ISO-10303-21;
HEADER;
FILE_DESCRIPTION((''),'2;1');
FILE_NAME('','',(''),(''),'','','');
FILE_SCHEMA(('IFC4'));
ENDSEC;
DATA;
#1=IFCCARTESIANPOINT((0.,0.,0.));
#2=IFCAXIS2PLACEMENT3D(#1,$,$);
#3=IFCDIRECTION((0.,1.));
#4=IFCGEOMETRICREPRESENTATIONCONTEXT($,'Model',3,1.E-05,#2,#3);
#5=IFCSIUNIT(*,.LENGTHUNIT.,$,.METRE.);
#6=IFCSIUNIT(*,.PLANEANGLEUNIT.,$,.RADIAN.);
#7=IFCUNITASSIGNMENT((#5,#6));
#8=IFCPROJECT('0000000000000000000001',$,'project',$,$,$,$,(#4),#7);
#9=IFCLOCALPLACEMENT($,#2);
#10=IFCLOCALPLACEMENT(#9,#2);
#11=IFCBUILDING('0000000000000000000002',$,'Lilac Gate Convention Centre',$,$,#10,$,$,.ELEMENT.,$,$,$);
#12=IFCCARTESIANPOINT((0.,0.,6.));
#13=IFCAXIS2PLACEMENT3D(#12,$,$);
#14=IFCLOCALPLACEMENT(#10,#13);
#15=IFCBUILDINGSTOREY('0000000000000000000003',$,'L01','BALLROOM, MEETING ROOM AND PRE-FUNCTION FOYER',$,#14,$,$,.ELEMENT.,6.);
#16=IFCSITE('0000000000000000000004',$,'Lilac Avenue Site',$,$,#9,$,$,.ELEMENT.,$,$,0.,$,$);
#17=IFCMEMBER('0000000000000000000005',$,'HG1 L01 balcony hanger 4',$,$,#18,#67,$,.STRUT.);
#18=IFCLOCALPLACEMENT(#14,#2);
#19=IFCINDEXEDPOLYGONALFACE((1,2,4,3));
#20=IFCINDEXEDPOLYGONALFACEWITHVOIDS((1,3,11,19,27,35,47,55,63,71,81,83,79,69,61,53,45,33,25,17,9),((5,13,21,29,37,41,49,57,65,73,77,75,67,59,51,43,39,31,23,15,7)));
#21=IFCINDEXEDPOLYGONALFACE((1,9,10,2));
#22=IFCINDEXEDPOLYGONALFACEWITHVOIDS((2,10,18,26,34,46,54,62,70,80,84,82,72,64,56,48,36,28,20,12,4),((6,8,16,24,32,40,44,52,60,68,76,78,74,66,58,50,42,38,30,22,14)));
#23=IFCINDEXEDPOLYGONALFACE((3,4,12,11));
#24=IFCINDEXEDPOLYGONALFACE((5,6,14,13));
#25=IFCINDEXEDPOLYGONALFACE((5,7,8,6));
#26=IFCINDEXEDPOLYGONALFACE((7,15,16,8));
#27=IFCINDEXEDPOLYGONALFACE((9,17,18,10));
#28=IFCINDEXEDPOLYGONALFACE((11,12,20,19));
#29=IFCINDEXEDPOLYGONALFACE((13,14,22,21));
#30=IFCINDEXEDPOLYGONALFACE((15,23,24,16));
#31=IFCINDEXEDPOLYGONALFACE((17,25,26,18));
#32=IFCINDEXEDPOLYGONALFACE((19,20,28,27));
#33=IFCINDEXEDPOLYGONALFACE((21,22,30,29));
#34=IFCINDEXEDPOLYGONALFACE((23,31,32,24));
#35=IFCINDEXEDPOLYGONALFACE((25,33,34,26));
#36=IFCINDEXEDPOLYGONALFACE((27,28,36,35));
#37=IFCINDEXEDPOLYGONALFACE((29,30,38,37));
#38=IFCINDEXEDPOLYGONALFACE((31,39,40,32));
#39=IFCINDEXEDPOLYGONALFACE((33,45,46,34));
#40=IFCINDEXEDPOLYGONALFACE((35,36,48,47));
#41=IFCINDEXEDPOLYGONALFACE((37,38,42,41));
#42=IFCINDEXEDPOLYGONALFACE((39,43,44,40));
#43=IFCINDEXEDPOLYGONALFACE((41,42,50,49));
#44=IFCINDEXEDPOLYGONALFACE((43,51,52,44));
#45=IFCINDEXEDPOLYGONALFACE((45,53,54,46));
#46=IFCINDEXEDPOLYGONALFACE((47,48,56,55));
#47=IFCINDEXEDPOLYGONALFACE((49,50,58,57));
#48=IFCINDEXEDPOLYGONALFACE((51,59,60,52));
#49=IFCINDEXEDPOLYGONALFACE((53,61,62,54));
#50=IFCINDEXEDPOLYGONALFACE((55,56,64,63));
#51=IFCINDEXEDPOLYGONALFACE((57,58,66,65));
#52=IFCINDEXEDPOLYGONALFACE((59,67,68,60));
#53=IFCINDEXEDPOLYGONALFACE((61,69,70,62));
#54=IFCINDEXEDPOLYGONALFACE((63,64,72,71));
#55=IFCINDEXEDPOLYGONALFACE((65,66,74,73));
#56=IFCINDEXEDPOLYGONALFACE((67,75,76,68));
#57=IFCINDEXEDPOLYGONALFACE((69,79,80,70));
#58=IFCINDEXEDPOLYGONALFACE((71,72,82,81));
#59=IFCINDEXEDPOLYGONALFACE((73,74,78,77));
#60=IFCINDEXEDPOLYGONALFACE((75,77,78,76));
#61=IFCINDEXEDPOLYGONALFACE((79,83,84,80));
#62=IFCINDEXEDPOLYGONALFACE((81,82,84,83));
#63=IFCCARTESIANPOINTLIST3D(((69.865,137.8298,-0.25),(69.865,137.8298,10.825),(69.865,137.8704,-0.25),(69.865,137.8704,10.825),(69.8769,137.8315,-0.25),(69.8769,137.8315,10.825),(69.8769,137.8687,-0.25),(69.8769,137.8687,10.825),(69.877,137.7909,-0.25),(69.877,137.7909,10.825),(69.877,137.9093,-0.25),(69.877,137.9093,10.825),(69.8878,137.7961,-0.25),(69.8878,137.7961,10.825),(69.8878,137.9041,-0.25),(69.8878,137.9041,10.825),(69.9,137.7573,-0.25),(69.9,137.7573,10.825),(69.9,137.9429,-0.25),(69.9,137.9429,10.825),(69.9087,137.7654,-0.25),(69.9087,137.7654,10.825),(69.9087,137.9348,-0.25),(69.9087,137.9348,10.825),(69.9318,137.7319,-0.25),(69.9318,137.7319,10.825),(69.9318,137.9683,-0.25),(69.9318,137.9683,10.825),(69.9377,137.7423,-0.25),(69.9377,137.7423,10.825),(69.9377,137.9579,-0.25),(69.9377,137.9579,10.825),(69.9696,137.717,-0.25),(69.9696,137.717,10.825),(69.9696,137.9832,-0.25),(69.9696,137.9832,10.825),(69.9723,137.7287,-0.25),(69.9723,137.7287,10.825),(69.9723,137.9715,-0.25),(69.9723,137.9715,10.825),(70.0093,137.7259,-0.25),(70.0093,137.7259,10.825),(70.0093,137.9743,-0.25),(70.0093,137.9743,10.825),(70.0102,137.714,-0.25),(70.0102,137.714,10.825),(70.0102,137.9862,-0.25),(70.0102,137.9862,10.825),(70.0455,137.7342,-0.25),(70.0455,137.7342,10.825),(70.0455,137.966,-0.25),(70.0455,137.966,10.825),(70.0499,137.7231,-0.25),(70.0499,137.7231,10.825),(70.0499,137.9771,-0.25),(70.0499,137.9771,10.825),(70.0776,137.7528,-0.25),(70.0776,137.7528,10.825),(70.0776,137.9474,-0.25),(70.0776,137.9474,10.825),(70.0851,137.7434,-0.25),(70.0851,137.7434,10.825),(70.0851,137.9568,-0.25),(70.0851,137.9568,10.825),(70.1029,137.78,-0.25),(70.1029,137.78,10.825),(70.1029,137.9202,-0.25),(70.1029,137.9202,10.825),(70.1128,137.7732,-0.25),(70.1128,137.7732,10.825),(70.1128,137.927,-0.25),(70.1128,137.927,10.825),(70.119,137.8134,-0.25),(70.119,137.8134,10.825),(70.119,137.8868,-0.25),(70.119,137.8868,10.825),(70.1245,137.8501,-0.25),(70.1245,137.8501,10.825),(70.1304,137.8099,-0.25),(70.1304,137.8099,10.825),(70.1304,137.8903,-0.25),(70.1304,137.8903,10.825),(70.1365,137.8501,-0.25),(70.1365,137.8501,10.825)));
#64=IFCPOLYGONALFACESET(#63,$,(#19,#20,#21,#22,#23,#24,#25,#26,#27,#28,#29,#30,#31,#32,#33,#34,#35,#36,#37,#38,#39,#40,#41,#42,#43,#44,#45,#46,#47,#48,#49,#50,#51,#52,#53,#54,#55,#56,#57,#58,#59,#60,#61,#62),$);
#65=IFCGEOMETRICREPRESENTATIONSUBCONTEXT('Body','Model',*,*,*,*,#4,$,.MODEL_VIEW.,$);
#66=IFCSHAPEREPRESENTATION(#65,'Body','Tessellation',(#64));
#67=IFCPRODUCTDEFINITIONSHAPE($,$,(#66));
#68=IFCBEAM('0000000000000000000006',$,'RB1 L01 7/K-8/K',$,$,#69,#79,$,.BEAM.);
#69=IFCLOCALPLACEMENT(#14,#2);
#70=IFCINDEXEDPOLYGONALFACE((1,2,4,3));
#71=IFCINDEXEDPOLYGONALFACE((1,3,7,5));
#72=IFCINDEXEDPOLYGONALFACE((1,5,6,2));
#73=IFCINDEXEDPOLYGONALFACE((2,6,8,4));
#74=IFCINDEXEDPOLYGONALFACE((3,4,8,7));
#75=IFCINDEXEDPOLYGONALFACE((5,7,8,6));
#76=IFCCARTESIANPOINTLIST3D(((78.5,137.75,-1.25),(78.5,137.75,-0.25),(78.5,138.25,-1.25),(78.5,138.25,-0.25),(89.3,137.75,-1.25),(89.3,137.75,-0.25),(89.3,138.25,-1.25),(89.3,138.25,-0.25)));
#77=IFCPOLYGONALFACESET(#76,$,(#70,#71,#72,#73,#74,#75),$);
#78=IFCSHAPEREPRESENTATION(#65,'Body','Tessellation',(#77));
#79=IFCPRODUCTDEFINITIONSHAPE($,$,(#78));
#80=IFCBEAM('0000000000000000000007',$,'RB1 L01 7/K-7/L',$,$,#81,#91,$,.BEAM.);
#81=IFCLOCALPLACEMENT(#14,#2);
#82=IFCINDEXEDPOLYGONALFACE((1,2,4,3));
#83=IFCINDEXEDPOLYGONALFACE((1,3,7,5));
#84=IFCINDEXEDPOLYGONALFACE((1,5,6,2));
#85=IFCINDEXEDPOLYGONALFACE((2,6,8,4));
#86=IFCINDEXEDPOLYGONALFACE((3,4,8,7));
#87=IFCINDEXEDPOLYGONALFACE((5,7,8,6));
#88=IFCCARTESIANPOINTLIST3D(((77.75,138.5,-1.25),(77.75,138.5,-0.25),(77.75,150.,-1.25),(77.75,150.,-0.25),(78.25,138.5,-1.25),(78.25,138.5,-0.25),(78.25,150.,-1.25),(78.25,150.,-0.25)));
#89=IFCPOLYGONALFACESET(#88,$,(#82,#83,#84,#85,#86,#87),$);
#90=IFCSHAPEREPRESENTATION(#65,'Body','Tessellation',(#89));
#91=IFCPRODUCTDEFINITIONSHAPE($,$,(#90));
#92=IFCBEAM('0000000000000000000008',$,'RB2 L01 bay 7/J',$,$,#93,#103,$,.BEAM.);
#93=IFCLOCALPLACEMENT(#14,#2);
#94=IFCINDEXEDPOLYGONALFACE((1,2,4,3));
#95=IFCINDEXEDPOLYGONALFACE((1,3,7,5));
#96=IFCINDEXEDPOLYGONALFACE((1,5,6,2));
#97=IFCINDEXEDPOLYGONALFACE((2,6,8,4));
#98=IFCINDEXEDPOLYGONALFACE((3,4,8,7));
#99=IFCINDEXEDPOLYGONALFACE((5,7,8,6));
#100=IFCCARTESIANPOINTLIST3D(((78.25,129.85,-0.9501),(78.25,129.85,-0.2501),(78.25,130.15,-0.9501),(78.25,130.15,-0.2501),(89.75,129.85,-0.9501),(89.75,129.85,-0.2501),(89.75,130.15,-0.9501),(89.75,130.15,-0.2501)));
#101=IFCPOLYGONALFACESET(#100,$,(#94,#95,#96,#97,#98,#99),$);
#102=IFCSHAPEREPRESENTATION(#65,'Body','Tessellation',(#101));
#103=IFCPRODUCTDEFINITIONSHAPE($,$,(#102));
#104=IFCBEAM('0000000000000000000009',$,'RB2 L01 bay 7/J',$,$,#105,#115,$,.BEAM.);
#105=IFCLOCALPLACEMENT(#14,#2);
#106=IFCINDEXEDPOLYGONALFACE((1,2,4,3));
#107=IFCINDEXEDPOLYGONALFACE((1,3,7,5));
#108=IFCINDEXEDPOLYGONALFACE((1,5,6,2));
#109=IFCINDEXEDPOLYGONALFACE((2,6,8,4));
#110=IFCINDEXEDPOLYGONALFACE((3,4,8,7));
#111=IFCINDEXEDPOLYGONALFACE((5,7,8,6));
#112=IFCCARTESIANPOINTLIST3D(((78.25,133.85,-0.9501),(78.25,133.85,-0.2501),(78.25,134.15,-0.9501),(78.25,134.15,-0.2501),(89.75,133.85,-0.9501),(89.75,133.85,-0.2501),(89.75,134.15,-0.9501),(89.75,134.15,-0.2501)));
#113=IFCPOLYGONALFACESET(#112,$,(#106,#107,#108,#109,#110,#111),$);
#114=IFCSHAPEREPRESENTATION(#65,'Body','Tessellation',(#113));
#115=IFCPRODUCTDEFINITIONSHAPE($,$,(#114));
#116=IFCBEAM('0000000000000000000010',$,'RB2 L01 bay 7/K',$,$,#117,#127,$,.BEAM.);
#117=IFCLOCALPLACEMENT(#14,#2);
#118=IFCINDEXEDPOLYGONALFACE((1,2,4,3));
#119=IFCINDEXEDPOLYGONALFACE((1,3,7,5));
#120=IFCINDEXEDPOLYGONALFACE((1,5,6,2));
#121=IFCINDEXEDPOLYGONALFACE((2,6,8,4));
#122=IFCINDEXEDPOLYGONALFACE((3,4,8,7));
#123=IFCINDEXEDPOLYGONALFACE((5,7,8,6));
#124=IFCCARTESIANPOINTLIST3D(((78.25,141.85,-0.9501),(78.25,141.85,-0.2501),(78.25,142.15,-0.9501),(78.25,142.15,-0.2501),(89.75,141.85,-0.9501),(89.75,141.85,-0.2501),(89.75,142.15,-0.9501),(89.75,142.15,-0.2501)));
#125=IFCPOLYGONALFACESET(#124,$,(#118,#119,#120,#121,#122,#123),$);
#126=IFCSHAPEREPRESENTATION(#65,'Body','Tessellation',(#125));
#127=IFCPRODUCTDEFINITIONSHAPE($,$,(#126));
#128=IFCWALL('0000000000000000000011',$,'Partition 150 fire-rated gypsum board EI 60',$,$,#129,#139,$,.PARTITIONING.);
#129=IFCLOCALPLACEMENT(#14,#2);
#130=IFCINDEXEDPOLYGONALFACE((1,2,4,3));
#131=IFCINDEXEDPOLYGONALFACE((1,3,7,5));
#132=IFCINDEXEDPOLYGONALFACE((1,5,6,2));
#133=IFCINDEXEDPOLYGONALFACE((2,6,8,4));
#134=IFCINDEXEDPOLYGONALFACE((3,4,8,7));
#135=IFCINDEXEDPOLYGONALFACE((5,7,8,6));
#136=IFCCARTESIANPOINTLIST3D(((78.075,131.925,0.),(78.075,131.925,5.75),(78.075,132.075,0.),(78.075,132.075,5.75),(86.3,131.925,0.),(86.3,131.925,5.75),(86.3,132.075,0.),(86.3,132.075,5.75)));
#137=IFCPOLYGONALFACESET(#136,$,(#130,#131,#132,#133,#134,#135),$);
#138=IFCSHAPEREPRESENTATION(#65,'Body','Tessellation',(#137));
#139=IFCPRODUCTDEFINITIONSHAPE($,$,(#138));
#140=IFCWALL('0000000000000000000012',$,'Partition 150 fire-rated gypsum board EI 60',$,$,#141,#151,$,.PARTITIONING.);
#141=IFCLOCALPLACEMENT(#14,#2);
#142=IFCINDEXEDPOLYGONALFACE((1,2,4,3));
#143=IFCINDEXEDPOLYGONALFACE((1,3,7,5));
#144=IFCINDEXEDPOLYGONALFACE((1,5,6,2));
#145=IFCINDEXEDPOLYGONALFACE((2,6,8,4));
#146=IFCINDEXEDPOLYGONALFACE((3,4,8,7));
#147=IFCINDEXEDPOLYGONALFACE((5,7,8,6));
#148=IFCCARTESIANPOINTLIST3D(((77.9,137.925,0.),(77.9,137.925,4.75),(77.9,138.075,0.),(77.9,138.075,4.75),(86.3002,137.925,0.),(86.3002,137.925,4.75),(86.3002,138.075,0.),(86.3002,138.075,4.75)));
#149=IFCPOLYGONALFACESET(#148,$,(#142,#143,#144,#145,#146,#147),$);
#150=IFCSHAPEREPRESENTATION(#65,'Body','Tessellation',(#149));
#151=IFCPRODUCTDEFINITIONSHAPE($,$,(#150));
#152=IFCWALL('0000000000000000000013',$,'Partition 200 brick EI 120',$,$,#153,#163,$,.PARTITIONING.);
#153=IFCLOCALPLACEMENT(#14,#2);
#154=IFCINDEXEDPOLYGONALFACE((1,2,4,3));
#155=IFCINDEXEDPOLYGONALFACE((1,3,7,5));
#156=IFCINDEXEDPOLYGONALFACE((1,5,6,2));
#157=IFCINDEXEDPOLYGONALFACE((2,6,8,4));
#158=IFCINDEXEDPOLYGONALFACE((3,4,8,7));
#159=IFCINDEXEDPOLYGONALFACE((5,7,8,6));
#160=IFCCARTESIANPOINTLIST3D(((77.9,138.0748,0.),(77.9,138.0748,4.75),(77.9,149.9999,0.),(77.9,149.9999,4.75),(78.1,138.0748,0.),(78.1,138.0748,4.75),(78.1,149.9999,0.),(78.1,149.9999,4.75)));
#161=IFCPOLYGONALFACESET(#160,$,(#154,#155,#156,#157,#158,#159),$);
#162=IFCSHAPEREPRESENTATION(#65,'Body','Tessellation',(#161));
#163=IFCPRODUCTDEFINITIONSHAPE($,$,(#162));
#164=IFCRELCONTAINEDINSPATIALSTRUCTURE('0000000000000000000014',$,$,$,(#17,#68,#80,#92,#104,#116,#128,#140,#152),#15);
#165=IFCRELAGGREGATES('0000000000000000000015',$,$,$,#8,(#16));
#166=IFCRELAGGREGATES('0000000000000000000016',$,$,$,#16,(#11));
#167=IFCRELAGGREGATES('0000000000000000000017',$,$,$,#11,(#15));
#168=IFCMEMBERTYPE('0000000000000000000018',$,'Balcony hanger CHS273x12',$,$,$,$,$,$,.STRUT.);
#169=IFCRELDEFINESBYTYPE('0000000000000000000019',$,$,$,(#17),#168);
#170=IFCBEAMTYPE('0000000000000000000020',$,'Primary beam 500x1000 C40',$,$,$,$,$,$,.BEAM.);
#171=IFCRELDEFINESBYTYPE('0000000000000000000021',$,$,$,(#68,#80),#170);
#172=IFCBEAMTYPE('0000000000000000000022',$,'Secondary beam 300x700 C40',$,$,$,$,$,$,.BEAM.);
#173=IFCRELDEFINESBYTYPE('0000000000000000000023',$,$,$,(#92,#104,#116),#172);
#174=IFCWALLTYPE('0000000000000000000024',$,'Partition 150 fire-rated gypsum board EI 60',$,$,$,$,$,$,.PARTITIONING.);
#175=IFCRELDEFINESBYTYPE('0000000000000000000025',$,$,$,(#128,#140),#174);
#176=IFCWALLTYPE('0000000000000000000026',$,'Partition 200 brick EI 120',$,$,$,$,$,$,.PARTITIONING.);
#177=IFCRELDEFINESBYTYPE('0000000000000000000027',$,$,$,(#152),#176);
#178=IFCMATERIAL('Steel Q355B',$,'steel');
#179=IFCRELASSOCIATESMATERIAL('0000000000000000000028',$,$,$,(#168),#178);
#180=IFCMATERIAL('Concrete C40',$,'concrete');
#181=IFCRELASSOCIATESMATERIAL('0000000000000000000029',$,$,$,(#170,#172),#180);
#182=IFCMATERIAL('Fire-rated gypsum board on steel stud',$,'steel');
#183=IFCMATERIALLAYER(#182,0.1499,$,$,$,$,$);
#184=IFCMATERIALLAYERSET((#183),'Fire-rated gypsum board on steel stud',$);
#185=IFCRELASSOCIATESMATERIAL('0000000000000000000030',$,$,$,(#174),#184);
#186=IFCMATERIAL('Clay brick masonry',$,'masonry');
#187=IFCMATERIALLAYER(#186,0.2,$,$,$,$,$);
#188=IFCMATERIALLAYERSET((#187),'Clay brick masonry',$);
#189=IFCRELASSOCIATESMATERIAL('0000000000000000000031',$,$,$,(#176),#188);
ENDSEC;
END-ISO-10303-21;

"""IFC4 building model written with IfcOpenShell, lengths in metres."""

from ifc_helpers import new_model, si_unit, direction, frame, frame_2d, origin, origin_2d, place, context, subcontext, project, spatial, rectangle, hollow_circle, extrude, material, layer, layer_set, material_profile, profile_set, type_object, element, save


model = new_model("IFC4")

# Units and contexts
model_context = context("Model", 3, precision=1e-05, world=origin(), true_north=direction((0.0, 1.0)))
body_context = subcontext(model_context, "Body", "Model", "MODEL_VIEW")
ifc_project = project(units=[si_unit("LENGTHUNIT", "METRE"), si_unit("PLANEANGLEUNIT", "RADIAN")], contexts=[model_context])

# Site, building, storey
site_placement = place(None, origin())
site = spatial("IfcSite", under=ifc_project, at=site_placement, Name="Lilac Avenue Site", CompositionType="ELEMENT", RefElevation=0.0)
building_placement = place(site_placement, origin())
building = spatial("IfcBuilding", under=site, at=building_placement, Name="Lilac Gate Convention Centre", CompositionType="ELEMENT")
storey_placement = place(building_placement, frame((0.0, 0.0, 6.0)))
storey = spatial("IfcBuildingStorey", under=building, at=storey_placement, Name="L01", Description="BALLROOM, MEETING ROOM AND PRE-FUNCTION FOYER", CompositionType="ELEMENT", Elevation=6.0)

# Shared definitions
ifc_material_1 = material(Name="Concrete C40", Category="concrete")

# Shared definitions
ifc_material_2 = material(Name="Steel Q355B", Category="steel")

# Member
ifc_material_profile_1 = material_profile(ifc_material_2, hollow_circle(Radius=0.1365, WallThickness=0.012, at=origin_2d()), Name="CHS273x12")
ifc_profile_set_1 = profile_set([ifc_material_profile_1], Name="Steel Q355B")
member_type = type_object("IfcMemberType", Name="Balcony hanger CHS273x12", PredefinedType="STRUT", material=ifc_profile_set_1)
for number, where, z_axis, x_axis, name in (
    (1, (70.0, 137.8501, -0.25), (0.0, 0.0, 1.0), (1.0, 0.0, 0.0), "HG1 L01 balcony hanger 4"),
):
    element("IfcMember", number, at=place(storey_placement, frame(where, z_axis=z_axis, x_axis=x_axis)), inside=storey, type_object=member_type, Name=name, PredefinedType="STRUT", context=body_context, shape_type="SweptSolid", body=[
        extrude(hollow_circle(Radius=0.1365, WallThickness=0.012, at=origin_2d()), origin(), (0.0, 0.0, 1.0), 11.075),
    ])

# Beams
ifc_material_profile_2 = material_profile(ifc_material_1, rectangle(XDim=0.5, YDim=1.0, at=origin_2d()), Name="RC 500x1000")
ifc_profile_set_2 = profile_set([ifc_material_profile_2], Name="Concrete C40")
beam_type_1 = type_object("IfcBeamType", Name="Primary beam 500x1000 C40", PredefinedType="BEAM", material=ifc_profile_set_2)
beam_1_placement = place(storey_placement, frame((78.5, 138.0, -0.75), z_axis=(1.0, 0.0, 0.0), x_axis=(0.0, 1.0, 0.0)))
element("IfcBeam", 2, at=beam_1_placement, inside=storey, type_object=beam_type_1, Name="RB1 L01 7/K-8/K", PredefinedType="BEAM", context=body_context, shape_type="SweptSolid", body=[
    extrude(rectangle(XDim=0.5, YDim=1.0, at=origin_2d()), origin(), (0.0, 0.0, 1.0), 10.8),
])
beam_2_placement = place(storey_placement, frame((78.0, 138.5, -0.75), z_axis=(0.0, 1.0, 0.0), x_axis=(-1.0, 0.0, 0.0)))
element("IfcBeam", 3, at=beam_2_placement, inside=storey, type_object=beam_type_1, Name="RB1 L01 7/K-7/L", PredefinedType="BEAM", context=body_context, shape_type="SweptSolid", body=[
    extrude(rectangle(XDim=0.5, YDim=1.0, at=origin_2d()), origin(), (0.0, 0.0, 1.0), 11.5),
])
ifc_material_profile_3 = material_profile(ifc_material_1, rectangle(XDim=0.3, YDim=0.7, at=origin_2d()), Name="RC 300x700")
ifc_profile_set_3 = profile_set([ifc_material_profile_3], Name="Concrete C40")
beam_type_2 = type_object("IfcBeamType", Name="Secondary beam 300x700 C40", PredefinedType="BEAM", material=ifc_profile_set_3)
for number, where, z_axis, x_axis, name in (
    (4, (78.25, 130.0, -0.6001), (1.0, 0.0, 0.0), (0.0, 1.0, 0.0), "RB2 L01 bay 7/J"),
    (5, (78.25, 134.0, -0.6001), (1.0, 0.0, 0.0), (0.0, 1.0, 0.0), "RB2 L01 bay 7/J"),
    (6, (78.25, 142.0, -0.6001), (1.0, 0.0, 0.0), (0.0, 1.0, 0.0), "RB2 L01 bay 7/K"),
):
    element("IfcBeam", number, at=place(storey_placement, frame(where, z_axis=z_axis, x_axis=x_axis)), inside=storey, type_object=beam_type_2, Name=name, PredefinedType="BEAM", context=body_context, shape_type="SweptSolid", body=[
        extrude(rectangle(XDim=0.3, YDim=0.7, at=origin_2d()), origin(), (0.0, 0.0, 1.0), 11.5),
    ])

# Walls
ifc_material_3 = material(Name="Fire-rated gypsum board on steel stud", Category="steel")
ifc_layer_1 = layer(ifc_material_3, 0.1499)
ifc_layer_set_1 = layer_set([ifc_layer_1], Name="Fire-rated gypsum board on steel stud")
wall_type_1 = type_object("IfcWallType", Name="Partition 150 fire-rated gypsum board EI 60", PredefinedType="PARTITIONING", material=ifc_layer_set_1)
wall_1_placement = place(storey_placement, frame((78.075, 132.0, 0.0), z_axis=(0.0, 0.0, 1.0), x_axis=(1.0, 0.0, 0.0)))
element("IfcWall", 7, at=wall_1_placement, inside=storey, type_object=wall_type_1, Name="Partition 150 fire-rated gypsum board EI 60", PredefinedType="PARTITIONING", context=body_context, shape_type="SweptSolid", body=[
    extrude(rectangle(XDim=8.2251, YDim=0.1499, at=frame_2d((4.1125, 0.0))), origin(), (0.0, 0.0, 1.0), 5.75),
])
wall_2_placement = place(storey_placement, frame((77.8999, 138.0, 0.0), z_axis=(0.0, 0.0, 1.0), x_axis=(1.0, 0.0, 0.0)))
element("IfcWall", 8, at=wall_2_placement, inside=storey, type_object=wall_type_1, Name="Partition 150 fire-rated gypsum board EI 60", PredefinedType="PARTITIONING", context=body_context, shape_type="SweptSolid", body=[
    extrude(rectangle(XDim=8.4001, YDim=0.1499, at=frame_2d((4.2002, 0.0))), origin(), (0.0, 0.0, 1.0), 4.75),
])
ifc_material_4 = material(Name="Clay brick masonry", Category="masonry")
ifc_layer_2 = layer(ifc_material_4, 0.2)
ifc_layer_set_2 = layer_set([ifc_layer_2], Name="Clay brick masonry")
wall_type_2 = type_object("IfcWallType", Name="Partition 200 brick EI 120", PredefinedType="PARTITIONING", material=ifc_layer_set_2)
wall_3_placement = place(storey_placement, frame((78.0, 138.075, 0.0), z_axis=(0.0, 0.0, 1.0), x_axis=(0.0, 1.0, 0.0)))
element("IfcWall", 9, at=wall_3_placement, inside=storey, type_object=wall_type_2, Name="Partition 200 brick EI 120", PredefinedType="PARTITIONING", context=body_context, shape_type="SweptSolid", body=[
    extrude(rectangle(XDim=11.925, YDim=0.2, at=frame_2d((5.9624, 0.0))), origin(), (0.0, 0.0, 1.0), 4.75),
])

save(model, "model.ifc")
